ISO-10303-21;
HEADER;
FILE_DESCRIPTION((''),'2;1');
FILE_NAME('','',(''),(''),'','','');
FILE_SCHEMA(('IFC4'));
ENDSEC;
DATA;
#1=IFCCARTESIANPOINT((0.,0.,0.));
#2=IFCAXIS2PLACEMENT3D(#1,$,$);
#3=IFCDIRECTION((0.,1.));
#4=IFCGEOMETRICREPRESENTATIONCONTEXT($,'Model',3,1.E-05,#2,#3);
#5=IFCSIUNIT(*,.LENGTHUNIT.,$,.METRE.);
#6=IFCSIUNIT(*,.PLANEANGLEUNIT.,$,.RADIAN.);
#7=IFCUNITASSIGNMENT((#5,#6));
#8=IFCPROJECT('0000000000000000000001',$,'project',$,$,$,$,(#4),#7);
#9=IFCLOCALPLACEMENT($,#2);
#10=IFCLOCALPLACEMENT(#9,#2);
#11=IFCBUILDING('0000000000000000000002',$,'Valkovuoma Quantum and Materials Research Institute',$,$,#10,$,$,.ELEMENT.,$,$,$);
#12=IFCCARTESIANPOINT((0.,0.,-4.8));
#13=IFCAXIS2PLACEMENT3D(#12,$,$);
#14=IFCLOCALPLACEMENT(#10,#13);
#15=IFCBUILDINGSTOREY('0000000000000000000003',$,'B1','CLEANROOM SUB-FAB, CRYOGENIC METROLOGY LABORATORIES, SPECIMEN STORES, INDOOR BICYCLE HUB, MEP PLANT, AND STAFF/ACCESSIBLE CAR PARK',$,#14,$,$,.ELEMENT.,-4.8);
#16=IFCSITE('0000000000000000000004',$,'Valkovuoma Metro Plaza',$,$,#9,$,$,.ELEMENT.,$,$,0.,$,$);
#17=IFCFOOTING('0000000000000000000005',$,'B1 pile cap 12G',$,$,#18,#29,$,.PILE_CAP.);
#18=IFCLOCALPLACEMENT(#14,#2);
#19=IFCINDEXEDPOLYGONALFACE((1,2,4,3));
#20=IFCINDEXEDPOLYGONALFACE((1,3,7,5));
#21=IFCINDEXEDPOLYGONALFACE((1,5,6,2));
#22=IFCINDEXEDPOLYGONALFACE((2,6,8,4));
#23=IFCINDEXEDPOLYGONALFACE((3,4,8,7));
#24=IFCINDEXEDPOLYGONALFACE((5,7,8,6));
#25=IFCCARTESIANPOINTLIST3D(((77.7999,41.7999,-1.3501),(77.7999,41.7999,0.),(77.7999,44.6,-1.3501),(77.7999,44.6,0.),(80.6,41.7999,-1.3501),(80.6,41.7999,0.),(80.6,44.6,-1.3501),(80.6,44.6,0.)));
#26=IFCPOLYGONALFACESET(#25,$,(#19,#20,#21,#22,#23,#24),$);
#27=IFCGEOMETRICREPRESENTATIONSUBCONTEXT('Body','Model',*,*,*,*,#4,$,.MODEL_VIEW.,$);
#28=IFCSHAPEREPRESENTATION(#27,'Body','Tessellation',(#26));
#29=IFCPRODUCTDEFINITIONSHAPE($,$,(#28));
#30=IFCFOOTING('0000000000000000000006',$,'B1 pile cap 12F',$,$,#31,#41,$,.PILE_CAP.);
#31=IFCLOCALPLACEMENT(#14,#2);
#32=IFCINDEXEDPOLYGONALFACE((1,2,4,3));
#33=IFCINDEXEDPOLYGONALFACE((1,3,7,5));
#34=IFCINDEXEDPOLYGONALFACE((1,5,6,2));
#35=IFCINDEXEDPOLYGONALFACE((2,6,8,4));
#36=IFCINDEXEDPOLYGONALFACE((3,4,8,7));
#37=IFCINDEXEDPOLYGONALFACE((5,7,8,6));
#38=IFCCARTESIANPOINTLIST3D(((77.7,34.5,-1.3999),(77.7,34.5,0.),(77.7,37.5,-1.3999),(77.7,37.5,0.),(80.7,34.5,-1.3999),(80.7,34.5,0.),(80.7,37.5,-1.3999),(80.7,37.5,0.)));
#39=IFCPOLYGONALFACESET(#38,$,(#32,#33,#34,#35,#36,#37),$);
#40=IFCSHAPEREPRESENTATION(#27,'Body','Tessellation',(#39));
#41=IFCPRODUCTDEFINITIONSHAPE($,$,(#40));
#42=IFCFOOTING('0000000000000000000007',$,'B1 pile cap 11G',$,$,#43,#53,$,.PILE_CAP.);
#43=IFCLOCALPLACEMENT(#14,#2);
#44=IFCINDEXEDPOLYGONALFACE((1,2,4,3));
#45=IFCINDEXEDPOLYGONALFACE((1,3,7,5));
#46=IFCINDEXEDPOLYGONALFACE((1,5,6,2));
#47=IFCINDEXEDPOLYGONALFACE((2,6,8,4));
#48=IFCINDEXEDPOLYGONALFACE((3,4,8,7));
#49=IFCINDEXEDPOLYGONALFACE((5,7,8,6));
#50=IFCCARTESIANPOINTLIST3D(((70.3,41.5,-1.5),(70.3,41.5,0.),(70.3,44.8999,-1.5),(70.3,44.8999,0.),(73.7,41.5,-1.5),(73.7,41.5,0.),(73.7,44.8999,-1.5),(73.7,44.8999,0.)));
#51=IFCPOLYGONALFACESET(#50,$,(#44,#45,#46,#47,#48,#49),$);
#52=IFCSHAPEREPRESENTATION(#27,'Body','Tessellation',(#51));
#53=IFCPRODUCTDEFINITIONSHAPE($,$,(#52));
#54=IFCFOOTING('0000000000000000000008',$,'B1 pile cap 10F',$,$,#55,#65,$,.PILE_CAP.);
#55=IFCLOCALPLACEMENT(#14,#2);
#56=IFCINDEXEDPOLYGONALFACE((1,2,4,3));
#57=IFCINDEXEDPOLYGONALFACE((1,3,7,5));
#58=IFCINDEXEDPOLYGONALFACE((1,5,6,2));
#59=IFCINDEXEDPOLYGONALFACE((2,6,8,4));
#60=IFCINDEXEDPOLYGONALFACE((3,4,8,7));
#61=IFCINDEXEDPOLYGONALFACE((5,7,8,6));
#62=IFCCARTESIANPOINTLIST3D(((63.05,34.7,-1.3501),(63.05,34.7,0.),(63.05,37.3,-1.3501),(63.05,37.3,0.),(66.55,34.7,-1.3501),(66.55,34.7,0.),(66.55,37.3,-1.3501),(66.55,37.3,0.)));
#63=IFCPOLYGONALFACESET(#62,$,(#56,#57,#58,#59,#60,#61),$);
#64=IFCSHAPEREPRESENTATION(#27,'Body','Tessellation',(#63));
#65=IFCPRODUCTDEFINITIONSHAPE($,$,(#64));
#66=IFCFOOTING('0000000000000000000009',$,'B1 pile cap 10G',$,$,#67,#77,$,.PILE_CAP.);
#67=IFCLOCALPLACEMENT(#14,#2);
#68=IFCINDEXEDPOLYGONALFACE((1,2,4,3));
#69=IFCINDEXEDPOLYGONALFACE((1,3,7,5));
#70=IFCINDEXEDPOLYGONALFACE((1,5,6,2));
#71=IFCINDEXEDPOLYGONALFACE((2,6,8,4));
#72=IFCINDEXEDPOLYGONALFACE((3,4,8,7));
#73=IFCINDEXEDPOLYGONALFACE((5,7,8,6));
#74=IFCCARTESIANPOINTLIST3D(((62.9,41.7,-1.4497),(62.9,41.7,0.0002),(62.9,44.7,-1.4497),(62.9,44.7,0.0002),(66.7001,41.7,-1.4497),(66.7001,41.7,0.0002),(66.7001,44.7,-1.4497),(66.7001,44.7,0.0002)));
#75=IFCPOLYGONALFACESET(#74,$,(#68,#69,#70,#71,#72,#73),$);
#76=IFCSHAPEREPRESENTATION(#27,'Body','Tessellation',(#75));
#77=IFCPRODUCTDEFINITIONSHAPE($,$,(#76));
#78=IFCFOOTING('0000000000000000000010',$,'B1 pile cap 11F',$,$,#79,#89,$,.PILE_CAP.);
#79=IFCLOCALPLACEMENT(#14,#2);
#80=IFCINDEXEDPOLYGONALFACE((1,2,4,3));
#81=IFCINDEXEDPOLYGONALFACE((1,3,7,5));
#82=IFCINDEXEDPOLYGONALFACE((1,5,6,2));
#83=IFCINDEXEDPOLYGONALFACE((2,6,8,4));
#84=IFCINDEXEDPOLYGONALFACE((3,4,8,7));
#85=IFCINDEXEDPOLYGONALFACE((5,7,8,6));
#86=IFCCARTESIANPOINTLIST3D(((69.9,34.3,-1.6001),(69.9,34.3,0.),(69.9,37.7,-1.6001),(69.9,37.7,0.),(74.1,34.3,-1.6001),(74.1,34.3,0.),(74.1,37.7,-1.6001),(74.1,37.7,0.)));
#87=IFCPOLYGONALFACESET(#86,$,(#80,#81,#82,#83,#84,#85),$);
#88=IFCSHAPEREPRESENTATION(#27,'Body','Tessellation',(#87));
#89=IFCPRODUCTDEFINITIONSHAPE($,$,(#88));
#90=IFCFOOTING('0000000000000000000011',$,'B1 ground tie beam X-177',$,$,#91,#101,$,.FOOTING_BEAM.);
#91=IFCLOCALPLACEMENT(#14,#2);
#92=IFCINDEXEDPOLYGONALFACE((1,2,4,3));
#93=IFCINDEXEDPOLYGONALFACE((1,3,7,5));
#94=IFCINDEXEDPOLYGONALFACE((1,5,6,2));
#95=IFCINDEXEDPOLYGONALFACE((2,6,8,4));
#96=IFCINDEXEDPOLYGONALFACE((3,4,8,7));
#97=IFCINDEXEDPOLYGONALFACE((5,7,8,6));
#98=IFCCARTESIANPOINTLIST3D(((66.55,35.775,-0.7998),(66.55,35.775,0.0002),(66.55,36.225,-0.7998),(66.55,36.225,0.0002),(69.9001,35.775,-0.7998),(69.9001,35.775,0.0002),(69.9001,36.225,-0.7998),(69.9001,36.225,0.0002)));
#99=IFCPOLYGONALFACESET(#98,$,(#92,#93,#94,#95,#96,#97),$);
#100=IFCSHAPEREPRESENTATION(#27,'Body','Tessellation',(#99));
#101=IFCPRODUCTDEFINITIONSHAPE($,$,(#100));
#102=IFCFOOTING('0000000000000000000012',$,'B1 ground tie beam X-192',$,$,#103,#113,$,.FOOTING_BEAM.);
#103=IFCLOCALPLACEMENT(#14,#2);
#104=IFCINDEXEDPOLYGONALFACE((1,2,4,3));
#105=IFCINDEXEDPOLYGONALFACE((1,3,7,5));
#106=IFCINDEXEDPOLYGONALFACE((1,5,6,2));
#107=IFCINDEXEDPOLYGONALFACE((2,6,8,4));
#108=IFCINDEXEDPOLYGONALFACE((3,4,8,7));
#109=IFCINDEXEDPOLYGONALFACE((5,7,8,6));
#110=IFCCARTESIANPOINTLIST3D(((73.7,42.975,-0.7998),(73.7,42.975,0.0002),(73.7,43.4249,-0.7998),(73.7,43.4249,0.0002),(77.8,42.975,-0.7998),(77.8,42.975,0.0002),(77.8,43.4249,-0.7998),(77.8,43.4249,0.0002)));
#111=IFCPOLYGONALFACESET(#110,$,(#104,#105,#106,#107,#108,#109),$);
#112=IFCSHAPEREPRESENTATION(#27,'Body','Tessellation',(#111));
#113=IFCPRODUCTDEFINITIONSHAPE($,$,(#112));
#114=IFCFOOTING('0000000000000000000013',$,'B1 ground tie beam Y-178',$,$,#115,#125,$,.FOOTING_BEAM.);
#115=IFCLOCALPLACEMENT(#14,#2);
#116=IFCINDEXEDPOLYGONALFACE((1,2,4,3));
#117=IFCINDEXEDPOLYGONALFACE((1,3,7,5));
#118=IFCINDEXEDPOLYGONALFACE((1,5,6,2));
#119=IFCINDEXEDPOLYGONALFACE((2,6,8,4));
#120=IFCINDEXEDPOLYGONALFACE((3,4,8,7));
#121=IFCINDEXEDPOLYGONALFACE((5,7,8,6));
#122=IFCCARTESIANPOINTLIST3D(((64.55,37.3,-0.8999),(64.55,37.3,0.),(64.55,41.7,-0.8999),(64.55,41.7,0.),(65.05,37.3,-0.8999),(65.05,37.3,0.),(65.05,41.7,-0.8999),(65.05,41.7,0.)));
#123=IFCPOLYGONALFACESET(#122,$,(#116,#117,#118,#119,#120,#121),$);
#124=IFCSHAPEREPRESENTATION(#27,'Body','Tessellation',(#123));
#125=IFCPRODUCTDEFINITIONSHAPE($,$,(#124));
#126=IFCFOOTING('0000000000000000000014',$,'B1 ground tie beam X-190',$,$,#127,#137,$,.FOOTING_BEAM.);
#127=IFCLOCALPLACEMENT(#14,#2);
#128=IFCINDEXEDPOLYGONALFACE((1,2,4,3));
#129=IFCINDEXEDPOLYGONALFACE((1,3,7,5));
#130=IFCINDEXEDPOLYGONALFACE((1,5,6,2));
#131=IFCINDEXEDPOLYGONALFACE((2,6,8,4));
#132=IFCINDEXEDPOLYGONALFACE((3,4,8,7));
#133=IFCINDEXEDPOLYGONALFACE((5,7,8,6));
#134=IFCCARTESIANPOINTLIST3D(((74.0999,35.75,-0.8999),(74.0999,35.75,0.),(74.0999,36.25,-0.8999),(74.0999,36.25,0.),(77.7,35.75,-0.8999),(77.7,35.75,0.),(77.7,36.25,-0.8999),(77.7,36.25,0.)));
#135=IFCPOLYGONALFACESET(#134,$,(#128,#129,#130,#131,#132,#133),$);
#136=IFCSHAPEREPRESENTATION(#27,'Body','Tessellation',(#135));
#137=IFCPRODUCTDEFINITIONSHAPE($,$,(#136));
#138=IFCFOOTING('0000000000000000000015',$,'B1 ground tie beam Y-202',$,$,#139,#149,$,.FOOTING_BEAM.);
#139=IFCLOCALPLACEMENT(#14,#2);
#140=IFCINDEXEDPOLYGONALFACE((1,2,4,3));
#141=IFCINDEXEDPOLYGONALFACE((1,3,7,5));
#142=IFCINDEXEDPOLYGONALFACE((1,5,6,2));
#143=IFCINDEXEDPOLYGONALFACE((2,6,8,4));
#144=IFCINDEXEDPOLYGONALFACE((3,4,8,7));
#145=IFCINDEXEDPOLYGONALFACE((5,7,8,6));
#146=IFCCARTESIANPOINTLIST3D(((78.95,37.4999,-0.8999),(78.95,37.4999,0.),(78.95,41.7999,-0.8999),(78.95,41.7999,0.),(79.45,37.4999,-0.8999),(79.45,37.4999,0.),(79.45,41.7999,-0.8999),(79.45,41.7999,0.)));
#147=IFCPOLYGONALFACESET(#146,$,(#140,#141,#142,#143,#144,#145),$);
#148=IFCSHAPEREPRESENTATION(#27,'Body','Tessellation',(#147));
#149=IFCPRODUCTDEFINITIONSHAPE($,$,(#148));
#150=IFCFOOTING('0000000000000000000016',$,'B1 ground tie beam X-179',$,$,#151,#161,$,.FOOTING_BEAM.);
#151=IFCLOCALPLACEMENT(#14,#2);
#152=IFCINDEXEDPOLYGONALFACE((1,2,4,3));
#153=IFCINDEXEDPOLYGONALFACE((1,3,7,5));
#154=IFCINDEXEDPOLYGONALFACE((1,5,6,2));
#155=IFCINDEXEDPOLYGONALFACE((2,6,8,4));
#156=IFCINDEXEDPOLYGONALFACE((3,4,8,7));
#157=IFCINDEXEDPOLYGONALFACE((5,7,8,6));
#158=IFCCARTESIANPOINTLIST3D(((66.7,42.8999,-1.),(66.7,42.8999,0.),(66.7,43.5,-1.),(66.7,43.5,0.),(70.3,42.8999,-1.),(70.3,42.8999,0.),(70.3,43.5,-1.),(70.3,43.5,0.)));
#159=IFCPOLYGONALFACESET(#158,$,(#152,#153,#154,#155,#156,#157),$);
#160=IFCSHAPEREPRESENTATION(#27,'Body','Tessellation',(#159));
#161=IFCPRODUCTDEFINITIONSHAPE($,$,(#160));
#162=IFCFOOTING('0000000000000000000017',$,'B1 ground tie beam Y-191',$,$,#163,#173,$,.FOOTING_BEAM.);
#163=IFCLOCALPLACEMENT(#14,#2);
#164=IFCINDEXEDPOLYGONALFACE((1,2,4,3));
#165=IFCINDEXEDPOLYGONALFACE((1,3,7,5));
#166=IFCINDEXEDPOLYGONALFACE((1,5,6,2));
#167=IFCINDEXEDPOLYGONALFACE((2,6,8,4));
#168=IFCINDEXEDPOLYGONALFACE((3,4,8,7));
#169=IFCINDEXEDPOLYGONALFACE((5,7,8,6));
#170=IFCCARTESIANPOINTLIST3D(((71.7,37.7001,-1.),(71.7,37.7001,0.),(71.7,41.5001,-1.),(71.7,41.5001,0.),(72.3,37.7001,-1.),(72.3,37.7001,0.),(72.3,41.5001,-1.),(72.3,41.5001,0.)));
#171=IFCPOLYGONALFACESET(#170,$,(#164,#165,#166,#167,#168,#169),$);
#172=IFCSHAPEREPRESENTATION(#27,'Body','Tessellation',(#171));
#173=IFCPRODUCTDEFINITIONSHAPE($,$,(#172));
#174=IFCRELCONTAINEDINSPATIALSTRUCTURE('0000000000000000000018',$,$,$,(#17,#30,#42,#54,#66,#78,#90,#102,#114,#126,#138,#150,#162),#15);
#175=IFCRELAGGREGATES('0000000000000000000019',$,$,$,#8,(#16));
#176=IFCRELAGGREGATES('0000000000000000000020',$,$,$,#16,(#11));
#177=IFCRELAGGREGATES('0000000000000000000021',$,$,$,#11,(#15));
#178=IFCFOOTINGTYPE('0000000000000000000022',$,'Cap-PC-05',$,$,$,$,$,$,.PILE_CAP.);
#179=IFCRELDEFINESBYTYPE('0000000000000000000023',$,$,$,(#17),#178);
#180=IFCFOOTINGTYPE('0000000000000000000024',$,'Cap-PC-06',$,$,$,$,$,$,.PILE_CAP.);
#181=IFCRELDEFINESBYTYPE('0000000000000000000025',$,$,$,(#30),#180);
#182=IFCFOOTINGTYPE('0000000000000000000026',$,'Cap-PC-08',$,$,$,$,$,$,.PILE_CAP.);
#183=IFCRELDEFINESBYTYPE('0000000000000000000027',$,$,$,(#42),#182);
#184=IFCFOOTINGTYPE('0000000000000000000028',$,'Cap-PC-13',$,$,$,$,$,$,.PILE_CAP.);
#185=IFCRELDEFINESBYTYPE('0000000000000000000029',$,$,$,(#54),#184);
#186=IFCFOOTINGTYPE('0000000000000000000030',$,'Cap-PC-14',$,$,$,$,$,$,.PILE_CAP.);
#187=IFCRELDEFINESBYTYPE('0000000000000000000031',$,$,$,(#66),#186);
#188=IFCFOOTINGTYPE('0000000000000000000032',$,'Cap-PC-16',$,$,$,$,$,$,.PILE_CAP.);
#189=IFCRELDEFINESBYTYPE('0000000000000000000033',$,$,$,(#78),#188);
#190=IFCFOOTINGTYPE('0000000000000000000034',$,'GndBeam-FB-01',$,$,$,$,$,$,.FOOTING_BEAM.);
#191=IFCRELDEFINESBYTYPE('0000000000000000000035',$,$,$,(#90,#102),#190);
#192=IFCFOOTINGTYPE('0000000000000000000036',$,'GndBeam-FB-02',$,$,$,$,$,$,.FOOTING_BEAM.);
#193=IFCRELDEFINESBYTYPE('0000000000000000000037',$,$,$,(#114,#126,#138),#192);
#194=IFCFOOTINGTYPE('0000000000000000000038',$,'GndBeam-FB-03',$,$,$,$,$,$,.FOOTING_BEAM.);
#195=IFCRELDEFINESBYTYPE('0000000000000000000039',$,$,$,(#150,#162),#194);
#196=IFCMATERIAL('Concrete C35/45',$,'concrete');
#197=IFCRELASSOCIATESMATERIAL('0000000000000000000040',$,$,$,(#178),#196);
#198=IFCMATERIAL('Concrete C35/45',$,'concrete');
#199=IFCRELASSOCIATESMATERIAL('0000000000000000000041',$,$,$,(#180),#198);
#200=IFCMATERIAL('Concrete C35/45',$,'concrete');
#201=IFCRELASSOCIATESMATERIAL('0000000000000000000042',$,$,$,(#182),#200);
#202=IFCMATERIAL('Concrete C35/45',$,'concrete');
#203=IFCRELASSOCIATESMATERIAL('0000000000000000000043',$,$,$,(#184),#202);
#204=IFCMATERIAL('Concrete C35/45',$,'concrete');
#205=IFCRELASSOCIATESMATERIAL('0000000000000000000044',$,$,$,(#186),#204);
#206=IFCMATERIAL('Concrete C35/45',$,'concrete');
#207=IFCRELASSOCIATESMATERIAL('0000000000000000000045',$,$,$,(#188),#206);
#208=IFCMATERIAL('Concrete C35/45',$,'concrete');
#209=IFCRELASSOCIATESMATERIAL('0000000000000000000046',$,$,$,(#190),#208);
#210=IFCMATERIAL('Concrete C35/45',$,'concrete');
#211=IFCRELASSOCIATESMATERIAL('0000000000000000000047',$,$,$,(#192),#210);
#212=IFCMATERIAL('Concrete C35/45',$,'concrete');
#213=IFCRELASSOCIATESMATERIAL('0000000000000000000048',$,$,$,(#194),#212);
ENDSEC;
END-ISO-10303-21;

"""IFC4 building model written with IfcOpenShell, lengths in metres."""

from ifc_helpers import new_model, si_unit, direction, frame, origin, origin_2d, place, context, subcontext, project, spatial, rectangle, extrude, material, type_object, element, save


model = new_model("IFC4")

# Units and contexts
model_context = context("Model", 3, precision=1e-05, world=origin(), true_north=direction((0.0, 1.0)))
body_context = subcontext(model_context, "Body", "Model", "MODEL_VIEW")
ifc_project = project(units=[si_unit("LENGTHUNIT", "METRE"), si_unit("PLANEANGLEUNIT", "RADIAN")], contexts=[model_context])

# Site, building, storey
site_placement = place(None, origin())
site = spatial("IfcSite", under=ifc_project, at=site_placement, Name="Valkovuoma Metro Plaza", CompositionType="ELEMENT", RefElevation=0.0)
building_placement = place(site_placement, origin())
building = spatial("IfcBuilding", under=site, at=building_placement, Name="Valkovuoma Quantum and Materials Research Institute", CompositionType="ELEMENT")
storey_placement = place(building_placement, frame((0.0, 0.0, -4.8)))
storey = spatial("IfcBuildingStorey", under=building, at=storey_placement, Name="B1", Description="CLEANROOM SUB-FAB, CRYOGENIC METROLOGY LABORATORIES, SPECIMEN STORES, INDOOR BICYCLE HUB, MEP PLANT, AND STAFF/ACCESSIBLE CAR PARK", CompositionType="ELEMENT", Elevation=-4.8)

# Footings
ifc_material_1 = material(Name="Concrete C35/45", Category="concrete")
footing_type_1 = type_object("IfcFootingType", Name="Cap-PC-05", PredefinedType="PILE_CAP", material=ifc_material_1)
footing_1_placement = place(storey_placement, frame((79.2, 43.2, -1.3501), z_axis=(0.0, 0.0, 1.0), x_axis=(1.0, 0.0, 0.0)))
element("IfcFooting", 1, at=footing_1_placement, inside=storey, type_object=footing_type_1, Name="B1 pile cap 12G", PredefinedType="PILE_CAP", context=body_context, shape_type="SweptSolid", body=[
    extrude(rectangle(XDim=2.8, YDim=2.8, at=origin_2d()), origin(), (0.0, 0.0, 1.0), 1.3501),
])
ifc_material_2 = material(Name="Concrete C35/45", Category="concrete")
footing_type_2 = type_object("IfcFootingType", Name="Cap-PC-06", PredefinedType="PILE_CAP", material=ifc_material_2)
footing_2_placement = place(storey_placement, frame((79.2, 36.0, -1.3999), z_axis=(0.0, 0.0, 1.0), x_axis=(1.0, 0.0, 0.0)))
element("IfcFooting", 2, at=footing_2_placement, inside=storey, type_object=footing_type_2, Name="B1 pile cap 12F", PredefinedType="PILE_CAP", context=body_context, shape_type="SweptSolid", body=[
    extrude(rectangle(XDim=3.0, YDim=3.0, at=origin_2d()), origin(), (0.0, 0.0, 1.0), 1.3999),
])
ifc_material_3 = material(Name="Concrete C35/45", Category="concrete")
footing_type_3 = type_object("IfcFootingType", Name="Cap-PC-08", PredefinedType="PILE_CAP", material=ifc_material_3)
footing_3_placement = place(storey_placement, frame((72.0, 43.2, -1.5), z_axis=(0.0, 0.0, 1.0), x_axis=(1.0, 0.0, 0.0)))
element("IfcFooting", 3, at=footing_3_placement, inside=storey, type_object=footing_type_3, Name="B1 pile cap 11G", PredefinedType="PILE_CAP", context=body_context, shape_type="SweptSolid", body=[
    extrude(rectangle(XDim=3.3999, YDim=3.3999, at=origin_2d()), origin(), (0.0, 0.0, 1.0), 1.5),
])
ifc_material_4 = material(Name="Concrete C35/45", Category="concrete")
footing_type_4 = type_object("IfcFootingType", Name="Cap-PC-13", PredefinedType="PILE_CAP", material=ifc_material_4)
footing_4_placement = place(storey_placement, frame((64.8, 36.0, -1.3501), z_axis=(0.0, 0.0, 1.0), x_axis=(1.0, 0.0, 0.0)))
element("IfcFooting", 4, at=footing_4_placement, inside=storey, type_object=footing_type_4, Name="B1 pile cap 10F", PredefinedType="PILE_CAP", context=body_context, shape_type="SweptSolid", body=[
    extrude(rectangle(XDim=3.5, YDim=2.6001, at=origin_2d()), origin(), (0.0, 0.0, 1.0), 1.3501),
])
ifc_material_5 = material(Name="Concrete C35/45", Category="concrete")
footing_type_5 = type_object("IfcFootingType", Name="Cap-PC-14", PredefinedType="PILE_CAP", material=ifc_material_5)
footing_5_placement = place(storey_placement, frame((64.8, 43.2, -1.4497), z_axis=(0.0, 0.0, 1.0), x_axis=(1.0, 0.0, 0.0)))
element("IfcFooting", 5, at=footing_5_placement, inside=storey, type_object=footing_type_5, Name="B1 pile cap 10G", PredefinedType="PILE_CAP", context=body_context, shape_type="SweptSolid", body=[
    extrude(rectangle(XDim=3.8, YDim=3.0, at=origin_2d()), origin(), (0.0, 0.0, 1.0), 1.45),
])
ifc_material_6 = material(Name="Concrete C35/45", Category="concrete")
footing_type_6 = type_object("IfcFootingType", Name="Cap-PC-16", PredefinedType="PILE_CAP", material=ifc_material_6)
footing_6_placement = place(storey_placement, frame((72.0, 36.0, -1.6001), z_axis=(0.0, 0.0, 1.0), x_axis=(1.0, 0.0, 0.0)))
element("IfcFooting", 6, at=footing_6_placement, inside=storey, type_object=footing_type_6, Name="B1 pile cap 11F", PredefinedType="PILE_CAP", context=body_context, shape_type="SweptSolid", body=[
    extrude(rectangle(XDim=4.2, YDim=3.3999, at=origin_2d()), origin(), (0.0, 0.0, 1.0), 1.6001),
])
ifc_material_7 = material(Name="Concrete C35/45", Category="concrete")
footing_type_7 = type_object("IfcFootingType", Name="GndBeam-FB-01", PredefinedType="FOOTING_BEAM", material=ifc_material_7)
footing_7_placement = place(storey_placement, frame((68.2251, 36.0, -0.7998), z_axis=(0.0, 0.0, 1.0), x_axis=(1.0, 0.0, 0.0)))
element("IfcFooting", 7, at=footing_7_placement, inside=storey, type_object=footing_type_7, Name="B1 ground tie beam X-177", PredefinedType="FOOTING_BEAM", context=body_context, shape_type="SweptSolid", body=[
    extrude(rectangle(XDim=3.3501, YDim=0.45, at=origin_2d()), origin(), (0.0, 0.0, 1.0), 0.8),
])
footing_8_placement = place(storey_placement, frame((75.75, 43.2, -0.7998), z_axis=(0.0, 0.0, 1.0), x_axis=(1.0, 0.0, 0.0)))
element("IfcFooting", 8, at=footing_8_placement, inside=storey, type_object=footing_type_7, Name="B1 ground tie beam X-192", PredefinedType="FOOTING_BEAM", context=body_context, shape_type="SweptSolid", body=[
    extrude(rectangle(XDim=4.1001, YDim=0.45, at=origin_2d()), origin(), (0.0, 0.0, 1.0), 0.8),
])
ifc_material_8 = material(Name="Concrete C35/45", Category="concrete")
footing_type_8 = type_object("IfcFootingType", Name="GndBeam-FB-02", PredefinedType="FOOTING_BEAM", material=ifc_material_8)
footing_9_placement = place(storey_placement, frame((64.8, 39.5, -0.8999), z_axis=(0.0, 0.0, 1.0), x_axis=(0.0, 1.0, 0.0)))
element("IfcFooting", 9, at=footing_9_placement, inside=storey, type_object=footing_type_8, Name="B1 ground tie beam Y-178", PredefinedType="FOOTING_BEAM", context=body_context, shape_type="SweptSolid", body=[
    extrude(rectangle(XDim=4.3999, YDim=0.5, at=origin_2d()), origin(), (0.0, 0.0, 1.0), 0.8999),
])
footing_10_placement = place(storey_placement, frame((75.8999, 36.0, -0.8999), z_axis=(0.0, 0.0, 1.0), x_axis=(1.0, 0.0, 0.0)))
element("IfcFooting", 10, at=footing_10_placement, inside=storey, type_object=footing_type_8, Name="B1 ground tie beam X-190", PredefinedType="FOOTING_BEAM", context=body_context, shape_type="SweptSolid", body=[
    extrude(rectangle(XDim=3.6001, YDim=0.5, at=origin_2d()), origin(), (0.0, 0.0, 1.0), 0.8999),
])
footing_11_placement = place(storey_placement, frame((79.2, 39.6499, -0.8999), z_axis=(0.0, 0.0, 1.0), x_axis=(0.0, 1.0, 0.0)))
element("IfcFooting", 11, at=footing_11_placement, inside=storey, type_object=footing_type_8, Name="B1 ground tie beam Y-202", PredefinedType="FOOTING_BEAM", context=body_context, shape_type="SweptSolid", body=[
    extrude(rectangle(XDim=4.3, YDim=0.5, at=origin_2d()), origin(), (0.0, 0.0, 1.0), 0.8999),
])
ifc_material_9 = material(Name="Concrete C35/45", Category="concrete")
footing_type_9 = type_object("IfcFootingType", Name="GndBeam-FB-03", PredefinedType="FOOTING_BEAM", material=ifc_material_9)
footing_12_placement = place(storey_placement, frame((68.5, 43.2, -1.0), z_axis=(0.0, 0.0, 1.0), x_axis=(1.0, 0.0, 0.0)))
element("IfcFooting", 12, at=footing_12_placement, inside=storey, type_object=footing_type_9, Name="B1 ground tie beam X-179", PredefinedType="FOOTING_BEAM", context=body_context, shape_type="SweptSolid", body=[
    extrude(rectangle(XDim=3.6001, YDim=0.6001, at=origin_2d()), origin(), (0.0, 0.0, 1.0), 1.0),
])
footing_13_placement = place(storey_placement, frame((72.0, 39.6001, -1.0), z_axis=(0.0, 0.0, 1.0), x_axis=(0.0, 1.0, 0.0)))
element("IfcFooting", 13, at=footing_13_placement, inside=storey, type_object=footing_type_9, Name="B1 ground tie beam Y-191", PredefinedType="FOOTING_BEAM", context=body_context, shape_type="SweptSolid", body=[
    extrude(rectangle(XDim=3.8, YDim=0.6001, at=origin_2d()), origin(), (0.0, 0.0, 1.0), 1.0),
])

save(model, "model.ifc")
